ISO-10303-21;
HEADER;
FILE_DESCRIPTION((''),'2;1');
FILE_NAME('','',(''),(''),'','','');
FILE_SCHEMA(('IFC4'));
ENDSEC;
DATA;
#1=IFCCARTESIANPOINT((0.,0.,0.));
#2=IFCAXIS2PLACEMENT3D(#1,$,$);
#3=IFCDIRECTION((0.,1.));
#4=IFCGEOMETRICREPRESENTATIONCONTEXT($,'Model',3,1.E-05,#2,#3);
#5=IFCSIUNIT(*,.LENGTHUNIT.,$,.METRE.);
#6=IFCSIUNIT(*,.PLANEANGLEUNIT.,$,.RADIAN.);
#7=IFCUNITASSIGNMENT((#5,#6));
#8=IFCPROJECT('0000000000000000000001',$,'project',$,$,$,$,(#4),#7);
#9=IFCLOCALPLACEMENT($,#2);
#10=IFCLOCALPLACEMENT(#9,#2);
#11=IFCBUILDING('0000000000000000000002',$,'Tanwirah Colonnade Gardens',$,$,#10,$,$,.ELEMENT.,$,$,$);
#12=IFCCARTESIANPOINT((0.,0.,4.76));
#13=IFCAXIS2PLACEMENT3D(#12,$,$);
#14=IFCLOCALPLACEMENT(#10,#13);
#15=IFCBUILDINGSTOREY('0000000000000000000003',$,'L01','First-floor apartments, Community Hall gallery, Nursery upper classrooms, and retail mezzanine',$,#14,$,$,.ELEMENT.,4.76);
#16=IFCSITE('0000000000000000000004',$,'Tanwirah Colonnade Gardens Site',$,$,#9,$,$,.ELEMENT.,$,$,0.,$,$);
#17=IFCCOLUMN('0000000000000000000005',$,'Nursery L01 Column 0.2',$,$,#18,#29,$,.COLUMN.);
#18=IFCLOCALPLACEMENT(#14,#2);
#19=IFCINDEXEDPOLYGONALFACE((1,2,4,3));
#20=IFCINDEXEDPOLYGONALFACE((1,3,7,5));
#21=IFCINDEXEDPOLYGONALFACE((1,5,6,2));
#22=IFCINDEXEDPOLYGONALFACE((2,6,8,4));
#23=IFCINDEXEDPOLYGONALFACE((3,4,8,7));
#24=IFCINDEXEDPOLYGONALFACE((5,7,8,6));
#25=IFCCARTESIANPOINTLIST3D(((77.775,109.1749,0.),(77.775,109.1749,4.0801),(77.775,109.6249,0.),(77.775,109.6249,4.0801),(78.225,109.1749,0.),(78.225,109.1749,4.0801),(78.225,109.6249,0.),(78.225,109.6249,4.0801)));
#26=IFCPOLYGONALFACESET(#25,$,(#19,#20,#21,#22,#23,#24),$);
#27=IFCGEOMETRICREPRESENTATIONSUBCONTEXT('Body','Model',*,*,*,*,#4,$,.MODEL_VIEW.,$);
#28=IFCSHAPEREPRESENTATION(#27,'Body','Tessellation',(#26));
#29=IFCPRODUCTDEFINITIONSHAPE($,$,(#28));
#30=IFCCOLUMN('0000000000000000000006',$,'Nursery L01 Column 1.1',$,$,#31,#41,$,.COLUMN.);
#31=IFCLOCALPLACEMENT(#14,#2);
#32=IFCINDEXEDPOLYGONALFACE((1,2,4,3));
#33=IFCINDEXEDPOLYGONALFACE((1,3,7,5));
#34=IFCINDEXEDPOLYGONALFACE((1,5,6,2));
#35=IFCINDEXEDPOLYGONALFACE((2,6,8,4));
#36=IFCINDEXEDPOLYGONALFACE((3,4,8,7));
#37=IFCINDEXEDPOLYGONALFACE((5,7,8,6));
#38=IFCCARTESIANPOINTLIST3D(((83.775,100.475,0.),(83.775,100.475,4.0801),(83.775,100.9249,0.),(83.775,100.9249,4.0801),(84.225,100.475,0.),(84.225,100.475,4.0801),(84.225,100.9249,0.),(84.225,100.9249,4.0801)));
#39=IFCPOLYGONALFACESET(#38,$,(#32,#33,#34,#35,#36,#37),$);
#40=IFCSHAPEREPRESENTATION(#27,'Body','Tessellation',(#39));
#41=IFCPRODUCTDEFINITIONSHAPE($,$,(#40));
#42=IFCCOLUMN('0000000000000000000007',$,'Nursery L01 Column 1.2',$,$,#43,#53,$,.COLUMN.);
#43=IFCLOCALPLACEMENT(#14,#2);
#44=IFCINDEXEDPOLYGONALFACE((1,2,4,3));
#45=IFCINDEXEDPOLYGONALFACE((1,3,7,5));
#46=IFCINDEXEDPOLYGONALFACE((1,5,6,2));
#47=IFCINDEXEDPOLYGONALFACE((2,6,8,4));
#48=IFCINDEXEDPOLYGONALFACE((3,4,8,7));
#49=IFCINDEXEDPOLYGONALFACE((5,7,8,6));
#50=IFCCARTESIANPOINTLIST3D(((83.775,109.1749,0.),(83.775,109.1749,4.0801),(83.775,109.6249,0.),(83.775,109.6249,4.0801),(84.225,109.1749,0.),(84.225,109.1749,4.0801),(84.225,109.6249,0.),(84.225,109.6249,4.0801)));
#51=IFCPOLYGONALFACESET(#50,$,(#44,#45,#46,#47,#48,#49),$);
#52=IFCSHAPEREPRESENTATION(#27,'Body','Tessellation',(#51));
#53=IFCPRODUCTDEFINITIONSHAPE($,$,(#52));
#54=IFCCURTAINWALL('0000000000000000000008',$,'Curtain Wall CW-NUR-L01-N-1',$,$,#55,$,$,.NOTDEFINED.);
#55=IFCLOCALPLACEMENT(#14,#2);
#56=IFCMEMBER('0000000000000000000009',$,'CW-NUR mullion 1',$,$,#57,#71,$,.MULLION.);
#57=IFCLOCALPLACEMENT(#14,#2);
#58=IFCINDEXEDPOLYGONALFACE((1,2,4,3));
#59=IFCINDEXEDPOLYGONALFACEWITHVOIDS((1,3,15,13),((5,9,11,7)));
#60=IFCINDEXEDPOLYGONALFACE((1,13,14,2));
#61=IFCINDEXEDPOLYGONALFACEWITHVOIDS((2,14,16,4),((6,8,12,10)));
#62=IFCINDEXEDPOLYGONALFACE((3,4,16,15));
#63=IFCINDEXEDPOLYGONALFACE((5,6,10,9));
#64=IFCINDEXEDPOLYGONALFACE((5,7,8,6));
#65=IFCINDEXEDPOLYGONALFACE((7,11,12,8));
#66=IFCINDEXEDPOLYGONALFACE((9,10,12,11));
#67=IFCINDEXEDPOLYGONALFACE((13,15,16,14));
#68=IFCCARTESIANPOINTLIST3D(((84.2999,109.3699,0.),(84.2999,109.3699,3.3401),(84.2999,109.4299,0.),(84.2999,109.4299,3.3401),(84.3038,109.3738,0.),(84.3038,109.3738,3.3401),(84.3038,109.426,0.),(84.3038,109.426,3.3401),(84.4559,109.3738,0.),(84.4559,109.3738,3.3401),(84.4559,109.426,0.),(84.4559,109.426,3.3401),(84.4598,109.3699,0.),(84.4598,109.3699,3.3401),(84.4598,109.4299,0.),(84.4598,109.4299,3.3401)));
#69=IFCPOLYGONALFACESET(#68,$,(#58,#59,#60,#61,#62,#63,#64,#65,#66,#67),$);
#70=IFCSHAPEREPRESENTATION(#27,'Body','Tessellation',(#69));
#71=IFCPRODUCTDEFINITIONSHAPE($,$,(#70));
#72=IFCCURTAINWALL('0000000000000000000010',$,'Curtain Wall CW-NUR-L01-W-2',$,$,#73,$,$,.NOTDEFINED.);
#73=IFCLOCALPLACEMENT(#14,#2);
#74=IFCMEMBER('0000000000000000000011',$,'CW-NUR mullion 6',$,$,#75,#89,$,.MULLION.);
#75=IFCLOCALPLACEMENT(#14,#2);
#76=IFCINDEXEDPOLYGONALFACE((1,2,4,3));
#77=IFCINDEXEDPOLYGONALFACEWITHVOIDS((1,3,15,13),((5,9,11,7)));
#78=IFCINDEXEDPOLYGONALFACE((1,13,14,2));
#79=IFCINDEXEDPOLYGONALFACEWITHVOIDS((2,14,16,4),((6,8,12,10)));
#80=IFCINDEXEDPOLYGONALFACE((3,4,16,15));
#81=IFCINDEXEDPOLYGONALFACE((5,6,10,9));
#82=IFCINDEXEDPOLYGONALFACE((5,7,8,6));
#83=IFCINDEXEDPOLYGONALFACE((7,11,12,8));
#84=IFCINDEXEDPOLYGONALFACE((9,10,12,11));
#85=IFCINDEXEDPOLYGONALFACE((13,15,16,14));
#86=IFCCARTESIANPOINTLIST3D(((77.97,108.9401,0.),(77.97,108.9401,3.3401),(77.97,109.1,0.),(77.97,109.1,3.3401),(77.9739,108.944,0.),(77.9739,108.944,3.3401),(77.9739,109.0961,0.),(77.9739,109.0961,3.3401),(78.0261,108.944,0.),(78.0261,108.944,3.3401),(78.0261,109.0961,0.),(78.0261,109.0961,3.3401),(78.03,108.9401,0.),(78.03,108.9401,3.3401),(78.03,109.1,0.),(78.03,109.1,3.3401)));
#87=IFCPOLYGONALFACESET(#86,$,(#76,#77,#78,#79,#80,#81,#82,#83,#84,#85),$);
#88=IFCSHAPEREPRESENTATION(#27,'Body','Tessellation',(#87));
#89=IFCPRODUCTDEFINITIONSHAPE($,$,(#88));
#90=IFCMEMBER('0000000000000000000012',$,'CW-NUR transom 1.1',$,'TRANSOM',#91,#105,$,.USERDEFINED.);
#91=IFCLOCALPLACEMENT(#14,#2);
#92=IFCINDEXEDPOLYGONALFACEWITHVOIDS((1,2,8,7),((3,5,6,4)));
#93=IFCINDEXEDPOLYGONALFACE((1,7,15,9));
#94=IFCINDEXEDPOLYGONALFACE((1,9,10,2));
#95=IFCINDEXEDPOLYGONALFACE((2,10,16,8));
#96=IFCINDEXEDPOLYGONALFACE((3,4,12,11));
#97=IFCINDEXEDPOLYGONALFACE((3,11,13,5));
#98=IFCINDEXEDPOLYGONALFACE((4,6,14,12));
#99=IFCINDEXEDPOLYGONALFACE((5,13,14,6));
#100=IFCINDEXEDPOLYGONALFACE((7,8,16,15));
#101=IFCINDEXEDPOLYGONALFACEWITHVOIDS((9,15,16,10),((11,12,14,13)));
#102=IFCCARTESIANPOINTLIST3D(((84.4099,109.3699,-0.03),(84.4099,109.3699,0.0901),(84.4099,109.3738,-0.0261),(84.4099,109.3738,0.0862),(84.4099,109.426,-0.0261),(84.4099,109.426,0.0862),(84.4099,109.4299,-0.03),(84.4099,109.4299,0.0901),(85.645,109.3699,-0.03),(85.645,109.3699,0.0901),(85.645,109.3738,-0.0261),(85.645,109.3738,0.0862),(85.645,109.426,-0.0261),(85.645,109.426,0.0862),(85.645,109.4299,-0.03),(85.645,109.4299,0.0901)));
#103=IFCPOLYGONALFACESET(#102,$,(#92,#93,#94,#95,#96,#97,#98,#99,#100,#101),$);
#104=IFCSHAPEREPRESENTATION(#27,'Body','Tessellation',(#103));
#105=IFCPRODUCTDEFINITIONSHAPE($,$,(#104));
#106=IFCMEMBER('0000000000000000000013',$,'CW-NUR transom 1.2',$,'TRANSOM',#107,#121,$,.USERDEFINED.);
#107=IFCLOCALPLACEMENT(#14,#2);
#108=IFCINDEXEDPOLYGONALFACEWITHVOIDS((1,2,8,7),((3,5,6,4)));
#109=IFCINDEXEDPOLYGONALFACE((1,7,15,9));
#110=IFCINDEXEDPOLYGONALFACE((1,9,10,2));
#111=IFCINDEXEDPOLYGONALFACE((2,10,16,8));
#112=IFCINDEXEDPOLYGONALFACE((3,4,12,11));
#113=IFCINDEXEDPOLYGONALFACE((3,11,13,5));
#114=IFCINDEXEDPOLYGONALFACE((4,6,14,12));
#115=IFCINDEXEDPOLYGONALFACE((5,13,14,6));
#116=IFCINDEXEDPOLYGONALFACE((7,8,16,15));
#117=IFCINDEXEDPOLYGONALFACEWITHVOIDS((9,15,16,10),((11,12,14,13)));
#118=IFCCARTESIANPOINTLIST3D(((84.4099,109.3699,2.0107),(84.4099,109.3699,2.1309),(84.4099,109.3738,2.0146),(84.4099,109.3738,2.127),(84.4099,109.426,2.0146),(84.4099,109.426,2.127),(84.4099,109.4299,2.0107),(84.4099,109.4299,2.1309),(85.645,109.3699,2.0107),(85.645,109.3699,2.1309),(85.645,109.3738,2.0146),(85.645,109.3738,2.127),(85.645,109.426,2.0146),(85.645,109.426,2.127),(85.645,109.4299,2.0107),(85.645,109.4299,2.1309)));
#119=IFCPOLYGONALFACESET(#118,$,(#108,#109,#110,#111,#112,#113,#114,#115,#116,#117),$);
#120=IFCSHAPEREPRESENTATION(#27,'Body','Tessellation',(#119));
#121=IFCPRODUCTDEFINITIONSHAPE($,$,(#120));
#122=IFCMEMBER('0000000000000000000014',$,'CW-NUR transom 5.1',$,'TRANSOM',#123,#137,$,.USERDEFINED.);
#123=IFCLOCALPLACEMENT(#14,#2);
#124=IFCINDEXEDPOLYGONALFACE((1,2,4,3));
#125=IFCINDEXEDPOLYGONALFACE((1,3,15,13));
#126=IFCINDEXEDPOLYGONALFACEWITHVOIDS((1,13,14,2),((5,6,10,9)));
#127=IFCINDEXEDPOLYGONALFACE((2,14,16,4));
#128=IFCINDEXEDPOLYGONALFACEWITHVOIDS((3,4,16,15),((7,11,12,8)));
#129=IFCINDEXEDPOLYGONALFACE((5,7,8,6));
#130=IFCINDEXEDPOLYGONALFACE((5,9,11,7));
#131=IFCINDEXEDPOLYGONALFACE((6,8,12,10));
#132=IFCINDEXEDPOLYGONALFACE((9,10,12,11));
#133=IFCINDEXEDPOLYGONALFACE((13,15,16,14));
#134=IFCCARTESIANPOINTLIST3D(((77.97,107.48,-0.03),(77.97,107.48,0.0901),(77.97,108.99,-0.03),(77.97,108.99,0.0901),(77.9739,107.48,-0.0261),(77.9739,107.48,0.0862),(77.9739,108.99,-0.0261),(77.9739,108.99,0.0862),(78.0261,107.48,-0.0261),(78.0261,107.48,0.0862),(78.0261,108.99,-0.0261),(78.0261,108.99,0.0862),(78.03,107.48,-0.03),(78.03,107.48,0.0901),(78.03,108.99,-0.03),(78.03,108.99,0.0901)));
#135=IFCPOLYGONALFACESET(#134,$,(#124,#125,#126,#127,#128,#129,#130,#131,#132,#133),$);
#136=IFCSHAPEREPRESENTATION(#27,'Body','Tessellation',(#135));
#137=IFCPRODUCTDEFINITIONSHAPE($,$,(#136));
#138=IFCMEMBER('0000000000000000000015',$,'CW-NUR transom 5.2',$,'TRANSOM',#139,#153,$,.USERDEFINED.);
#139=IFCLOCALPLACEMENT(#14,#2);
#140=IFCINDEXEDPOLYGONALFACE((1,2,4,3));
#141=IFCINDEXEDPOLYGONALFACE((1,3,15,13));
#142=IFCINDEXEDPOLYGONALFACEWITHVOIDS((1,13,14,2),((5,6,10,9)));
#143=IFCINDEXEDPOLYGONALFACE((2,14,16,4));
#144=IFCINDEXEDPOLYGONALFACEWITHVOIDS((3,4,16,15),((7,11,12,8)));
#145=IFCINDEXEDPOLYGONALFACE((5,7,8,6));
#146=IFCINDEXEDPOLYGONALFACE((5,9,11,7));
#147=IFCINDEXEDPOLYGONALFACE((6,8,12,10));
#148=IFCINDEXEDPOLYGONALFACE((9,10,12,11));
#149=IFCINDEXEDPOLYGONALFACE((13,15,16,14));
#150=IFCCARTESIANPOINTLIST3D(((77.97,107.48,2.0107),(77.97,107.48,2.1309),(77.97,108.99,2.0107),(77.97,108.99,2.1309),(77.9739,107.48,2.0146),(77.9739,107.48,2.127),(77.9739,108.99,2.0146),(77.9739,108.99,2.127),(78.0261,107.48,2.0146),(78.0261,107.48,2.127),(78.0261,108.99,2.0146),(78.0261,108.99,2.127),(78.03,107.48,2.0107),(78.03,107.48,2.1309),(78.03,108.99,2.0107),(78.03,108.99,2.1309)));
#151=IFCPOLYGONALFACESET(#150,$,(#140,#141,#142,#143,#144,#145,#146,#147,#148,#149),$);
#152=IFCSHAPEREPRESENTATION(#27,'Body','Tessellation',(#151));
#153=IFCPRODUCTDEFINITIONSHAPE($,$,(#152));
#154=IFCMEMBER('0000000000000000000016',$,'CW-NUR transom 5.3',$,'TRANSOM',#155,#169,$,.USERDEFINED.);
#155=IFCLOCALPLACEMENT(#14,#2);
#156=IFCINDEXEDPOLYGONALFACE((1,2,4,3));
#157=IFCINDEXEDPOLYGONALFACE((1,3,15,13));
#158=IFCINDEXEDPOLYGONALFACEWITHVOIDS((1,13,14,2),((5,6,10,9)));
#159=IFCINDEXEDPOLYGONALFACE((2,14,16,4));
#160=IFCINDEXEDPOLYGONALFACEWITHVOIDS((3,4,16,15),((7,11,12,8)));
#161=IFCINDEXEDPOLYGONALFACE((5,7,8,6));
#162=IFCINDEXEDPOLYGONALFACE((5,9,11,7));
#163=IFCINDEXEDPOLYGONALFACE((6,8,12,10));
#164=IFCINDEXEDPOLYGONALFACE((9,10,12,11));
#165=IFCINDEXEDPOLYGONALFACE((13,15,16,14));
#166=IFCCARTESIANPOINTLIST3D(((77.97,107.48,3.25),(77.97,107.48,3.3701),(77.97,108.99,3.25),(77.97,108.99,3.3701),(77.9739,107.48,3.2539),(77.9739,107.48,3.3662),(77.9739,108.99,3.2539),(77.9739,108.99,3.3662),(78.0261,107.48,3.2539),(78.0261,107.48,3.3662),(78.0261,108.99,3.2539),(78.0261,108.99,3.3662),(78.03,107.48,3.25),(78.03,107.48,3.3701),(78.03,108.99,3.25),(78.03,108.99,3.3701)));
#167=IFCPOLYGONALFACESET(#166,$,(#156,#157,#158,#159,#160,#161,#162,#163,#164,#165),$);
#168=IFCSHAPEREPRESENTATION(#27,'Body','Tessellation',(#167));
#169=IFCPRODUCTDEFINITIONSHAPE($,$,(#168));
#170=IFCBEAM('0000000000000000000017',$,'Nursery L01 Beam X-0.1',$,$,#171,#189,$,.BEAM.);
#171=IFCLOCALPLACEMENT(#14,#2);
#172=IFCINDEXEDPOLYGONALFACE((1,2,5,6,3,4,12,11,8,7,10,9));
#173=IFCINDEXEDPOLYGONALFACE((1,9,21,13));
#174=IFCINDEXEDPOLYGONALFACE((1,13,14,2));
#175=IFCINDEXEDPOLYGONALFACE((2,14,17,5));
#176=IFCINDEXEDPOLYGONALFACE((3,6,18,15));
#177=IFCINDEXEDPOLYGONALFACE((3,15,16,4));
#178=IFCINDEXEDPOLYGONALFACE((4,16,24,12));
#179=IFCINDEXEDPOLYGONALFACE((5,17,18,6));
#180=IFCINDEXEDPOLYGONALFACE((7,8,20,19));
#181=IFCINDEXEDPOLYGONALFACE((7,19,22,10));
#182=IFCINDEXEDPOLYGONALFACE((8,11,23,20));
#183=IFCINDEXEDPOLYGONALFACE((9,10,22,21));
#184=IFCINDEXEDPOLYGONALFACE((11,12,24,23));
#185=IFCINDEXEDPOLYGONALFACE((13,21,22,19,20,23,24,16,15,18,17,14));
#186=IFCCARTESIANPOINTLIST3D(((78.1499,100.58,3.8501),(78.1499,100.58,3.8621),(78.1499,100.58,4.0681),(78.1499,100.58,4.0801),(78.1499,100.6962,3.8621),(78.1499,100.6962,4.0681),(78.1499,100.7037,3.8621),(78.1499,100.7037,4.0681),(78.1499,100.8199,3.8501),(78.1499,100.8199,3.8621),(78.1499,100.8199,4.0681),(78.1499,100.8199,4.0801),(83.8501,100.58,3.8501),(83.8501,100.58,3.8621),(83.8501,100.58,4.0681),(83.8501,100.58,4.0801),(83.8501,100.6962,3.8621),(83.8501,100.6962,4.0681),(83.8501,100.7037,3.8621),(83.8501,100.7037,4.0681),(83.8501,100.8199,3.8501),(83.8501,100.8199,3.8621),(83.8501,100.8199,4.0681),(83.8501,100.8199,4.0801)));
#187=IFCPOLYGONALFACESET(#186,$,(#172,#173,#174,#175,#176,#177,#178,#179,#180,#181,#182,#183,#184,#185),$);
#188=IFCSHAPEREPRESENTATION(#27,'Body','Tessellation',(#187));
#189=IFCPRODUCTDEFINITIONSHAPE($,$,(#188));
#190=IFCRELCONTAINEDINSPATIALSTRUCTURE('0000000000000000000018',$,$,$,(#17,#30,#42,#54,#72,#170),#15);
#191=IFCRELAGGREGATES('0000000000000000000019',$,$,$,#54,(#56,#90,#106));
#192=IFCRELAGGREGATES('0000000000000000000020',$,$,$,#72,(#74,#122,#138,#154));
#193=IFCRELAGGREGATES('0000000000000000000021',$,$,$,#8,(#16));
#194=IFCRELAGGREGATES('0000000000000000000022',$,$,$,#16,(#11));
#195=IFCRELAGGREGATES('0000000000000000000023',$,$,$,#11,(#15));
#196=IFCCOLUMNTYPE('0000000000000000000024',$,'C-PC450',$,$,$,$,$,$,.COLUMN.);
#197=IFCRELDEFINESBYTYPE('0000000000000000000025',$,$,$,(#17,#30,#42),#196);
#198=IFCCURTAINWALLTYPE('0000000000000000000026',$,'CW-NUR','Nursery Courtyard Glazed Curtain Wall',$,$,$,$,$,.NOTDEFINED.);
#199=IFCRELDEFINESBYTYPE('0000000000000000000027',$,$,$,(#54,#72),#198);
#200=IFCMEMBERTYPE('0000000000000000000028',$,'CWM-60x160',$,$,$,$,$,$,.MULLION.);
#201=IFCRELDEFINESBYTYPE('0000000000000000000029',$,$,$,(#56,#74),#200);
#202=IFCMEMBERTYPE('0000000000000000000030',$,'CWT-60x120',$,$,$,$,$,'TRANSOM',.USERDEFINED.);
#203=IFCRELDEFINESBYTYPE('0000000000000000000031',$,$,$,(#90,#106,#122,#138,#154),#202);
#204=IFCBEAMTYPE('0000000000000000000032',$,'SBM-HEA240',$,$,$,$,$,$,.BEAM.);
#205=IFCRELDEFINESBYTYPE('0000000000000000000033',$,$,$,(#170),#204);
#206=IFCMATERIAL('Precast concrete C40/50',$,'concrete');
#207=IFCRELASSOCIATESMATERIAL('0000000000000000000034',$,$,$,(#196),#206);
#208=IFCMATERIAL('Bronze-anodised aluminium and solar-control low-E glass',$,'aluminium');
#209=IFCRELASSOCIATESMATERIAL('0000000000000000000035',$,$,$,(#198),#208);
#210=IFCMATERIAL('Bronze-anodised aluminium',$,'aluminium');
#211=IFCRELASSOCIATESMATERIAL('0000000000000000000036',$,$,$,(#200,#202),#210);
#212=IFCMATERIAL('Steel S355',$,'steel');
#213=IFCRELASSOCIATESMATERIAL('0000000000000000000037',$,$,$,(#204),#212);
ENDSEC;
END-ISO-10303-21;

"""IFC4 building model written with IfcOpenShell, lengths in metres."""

from ifc_helpers import new_model, si_unit, direction, frame, origin, origin_2d, place, context, subcontext, project, spatial, rectangle, hollow_rectangle, i_section, extrude, material, material_profile, profile_set, type_object, element, aggregate, save


model = new_model("IFC4")

# Units and contexts
model_context = context("Model", 3, precision=1e-05, world=origin(), true_north=direction((0.0, 1.0)))
body_context = subcontext(model_context, "Body", "Model", "MODEL_VIEW")
ifc_project = project(units=[si_unit("LENGTHUNIT", "METRE"), si_unit("PLANEANGLEUNIT", "RADIAN")], contexts=[model_context])

# Site, building, storey
site_placement = place(None, origin())
site = spatial("IfcSite", under=ifc_project, at=site_placement, Name="Tanwirah Colonnade Gardens Site", CompositionType="ELEMENT", RefElevation=0.0)
building_placement = place(site_placement, origin())
building = spatial("IfcBuilding", under=site, at=building_placement, Name="Tanwirah Colonnade Gardens", CompositionType="ELEMENT")
storey_placement = place(building_placement, frame((0.0, 0.0, 4.76)))
storey = spatial("IfcBuildingStorey", under=building, at=storey_placement, Name="L01", Description="First-floor apartments, Community Hall gallery, Nursery upper classrooms, and retail mezzanine", CompositionType="ELEMENT", Elevation=4.76)

# Columns
ifc_material_1 = material(Name="Precast concrete C40/50", Category="concrete")
ifc_material_profile_1 = material_profile(ifc_material_1, rectangle(XDim=0.45, YDim=0.45, at=origin_2d()), Name="PC-COL 450x450")
ifc_profile_set_1 = profile_set([ifc_material_profile_1], Name="Precast concrete C40/50")
column_type = type_object("IfcColumnType", Name="C-PC450", PredefinedType="COLUMN", material=ifc_profile_set_1)
for number, where, z_axis, x_axis, name in (
    (1, (78.0, 109.3999, 0.0), (0.0, 0.0, 1.0), (1.0, 0.0, 0.0), "Nursery L01 Column 0.2"),
    (2, (84.0, 100.7, 0.0), (0.0, 0.0, 1.0), (1.0, 0.0, 0.0), "Nursery L01 Column 1.1"),
    (3, (84.0, 109.3999, 0.0), (0.0, 0.0, 1.0), (1.0, 0.0, 0.0), "Nursery L01 Column 1.2"),
):
    element("IfcColumn", number, at=place(storey_placement, frame(where, z_axis=z_axis, x_axis=x_axis)), inside=storey, type_object=column_type, Name=name, PredefinedType="COLUMN", context=body_context, shape_type="SweptSolid", body=[
        extrude(rectangle(XDim=0.45, YDim=0.45, at=origin_2d()), origin(), (0.0, 0.0, 1.0), 4.0801),
    ])

# Curtain walls, members
ifc_material_2 = material(Name="Bronze-anodised aluminium and solar-control low-E glass", Category="aluminium")
curtain_wall_type = type_object("IfcCurtainWallType", Name="CW-NUR", Description="Nursery Courtyard Glazed Curtain Wall", PredefinedType="NOTDEFINED", material=ifc_material_2)
curtain_wall_1_placement = place(storey_placement, origin())
curtain_wall_1 = element("IfcCurtainWall", 4, at=curtain_wall_1_placement, inside=storey, type_object=curtain_wall_type, Name="Curtain Wall CW-NUR-L01-N-1", PredefinedType="NOTDEFINED")
ifc_material_3 = material(Name="Bronze-anodised aluminium", Category="aluminium")
ifc_material_profile_2 = material_profile(ifc_material_3, hollow_rectangle(XDim=0.0601, YDim=0.1599, WallThickness=0.0039, at=origin_2d()), Name="CW-MUL 60x160x4")
ifc_profile_set_2 = profile_set([ifc_material_profile_2], Name="Bronze-anodised aluminium")
member_type_1 = type_object("IfcMemberType", Name="CWM-60x160", PredefinedType="MULLION", material=ifc_profile_set_2)
member_1_placement = place(storey_placement, frame((84.3799, 109.3999, 0.0), z_axis=(0.0, 0.0, 1.0), x_axis=(0.0, 1.0, 0.0)))
member_1 = element("IfcMember", 5, at=member_1_placement, type_object=member_type_1, Name="CW-NUR mullion 1", PredefinedType="MULLION", context=body_context, shape_type="SweptSolid", body=[
    extrude(hollow_rectangle(XDim=0.0601, YDim=0.1599, WallThickness=0.0039, at=origin_2d()), origin(), (0.0, 0.0, 1.0), 3.3401),
])
curtain_wall_2_placement = place(storey_placement, origin())
curtain_wall_2 = element("IfcCurtainWall", 6, at=curtain_wall_2_placement, inside=storey, type_object=curtain_wall_type, Name="Curtain Wall CW-NUR-L01-W-2", PredefinedType="NOTDEFINED")
member_2_placement = place(storey_placement, frame((78.0, 109.02, 0.0), z_axis=(0.0, 0.0, 1.0), x_axis=(-1.0, 0.0, 0.0)))
member_2 = element("IfcMember", 7, at=member_2_placement, type_object=member_type_1, Name="CW-NUR mullion 6", PredefinedType="MULLION", context=body_context, shape_type="SweptSolid", body=[
    extrude(hollow_rectangle(XDim=0.0601, YDim=0.1599, WallThickness=0.0039, at=origin_2d()), origin(), (0.0, 0.0, 1.0), 3.3401),
])

# Members
ifc_material_profile_3 = material_profile(ifc_material_3, hollow_rectangle(XDim=0.0601, YDim=0.1201, WallThickness=0.0039, at=origin_2d()), Name="CW-TRN 60x120x4")
ifc_profile_set_3 = profile_set([ifc_material_profile_3], Name="Bronze-anodised aluminium")
member_type_2 = type_object("IfcMemberType", Name="CWT-60x120", ElementType="TRANSOM", PredefinedType="USERDEFINED", material=ifc_profile_set_3)
member_3_placement = place(storey_placement, frame((84.4099, 109.3999, 0.03), z_axis=(1.0, 0.0, 0.0), x_axis=(0.0, 1.0, 0.0)))
member_3 = element("IfcMember", 8, at=member_3_placement, type_object=member_type_2, Name="CW-NUR transom 1.1", ObjectType="TRANSOM", PredefinedType="USERDEFINED", context=body_context, shape_type="SweptSolid", body=[
    extrude(hollow_rectangle(XDim=0.0601, YDim=0.1201, WallThickness=0.0039, at=origin_2d()), origin(), (0.0, 0.0, 1.0), 1.2351),
])
member_4_placement = place(storey_placement, frame((84.4099, 109.3999, 2.0708), z_axis=(1.0, 0.0, 0.0), x_axis=(0.0, 1.0, 0.0)))
member_4 = element("IfcMember", 9, at=member_4_placement, type_object=member_type_2, Name="CW-NUR transom 1.2", ObjectType="TRANSOM", PredefinedType="USERDEFINED", context=body_context, shape_type="SweptSolid", body=[
    extrude(hollow_rectangle(XDim=0.0601, YDim=0.1201, WallThickness=0.0039, at=origin_2d()), origin(), (0.0, 0.0, 1.0), 1.2351),
])
aggregate(curtain_wall_1, [member_1, member_3, member_4])
member_5_placement = place(storey_placement, frame((78.0, 107.48, 0.03), z_axis=(0.0, 1.0, 0.0), x_axis=(-1.0, 0.0, 0.0)))
member_5 = element("IfcMember", 10, at=member_5_placement, type_object=member_type_2, Name="CW-NUR transom 5.1", ObjectType="TRANSOM", PredefinedType="USERDEFINED", context=body_context, shape_type="SweptSolid", body=[
    extrude(hollow_rectangle(XDim=0.0601, YDim=0.1201, WallThickness=0.0039, at=origin_2d()), origin(), (0.0, 0.0, 1.0), 1.51),
])
member_6_placement = place(storey_placement, frame((78.0, 107.48, 2.0708), z_axis=(0.0, 1.0, 0.0), x_axis=(-1.0, 0.0, 0.0)))
member_6 = element("IfcMember", 11, at=member_6_placement, type_object=member_type_2, Name="CW-NUR transom 5.2", ObjectType="TRANSOM", PredefinedType="USERDEFINED", context=body_context, shape_type="SweptSolid", body=[
    extrude(hollow_rectangle(XDim=0.0601, YDim=0.1201, WallThickness=0.0039, at=origin_2d()), origin(), (0.0, 0.0, 1.0), 1.51),
])
member_7_placement = place(storey_placement, frame((78.0, 107.48, 3.3101), z_axis=(0.0, 1.0, 0.0), x_axis=(-1.0, 0.0, 0.0)))
member_7 = element("IfcMember", 12, at=member_7_placement, type_object=member_type_2, Name="CW-NUR transom 5.3", ObjectType="TRANSOM", PredefinedType="USERDEFINED", context=body_context, shape_type="SweptSolid", body=[
    extrude(hollow_rectangle(XDim=0.0601, YDim=0.1201, WallThickness=0.0039, at=origin_2d()), origin(), (0.0, 0.0, 1.0), 1.51),
])

# Beam
ifc_material_4 = material(Name="Steel S355", Category="steel")
ifc_material_profile_4 = material_profile(ifc_material_4, i_section(OverallWidth=0.24, OverallDepth=0.23, WebThickness=0.0076, FlangeThickness=0.012, at=origin_2d()), Name="HEA 240")
ifc_profile_set_4 = profile_set([ifc_material_profile_4], Name="Steel S355")
beam_type = type_object("IfcBeamType", Name="SBM-HEA240", PredefinedType="BEAM", material=ifc_profile_set_4)
for number, where, z_axis, x_axis, name in (
    (13, (78.1499, 100.7, 3.9651), (1.0, 0.0, 0.0), (0.0, 1.0, 0.0), "Nursery L01 Beam X-0.1"),
):
    element("IfcBeam", number, at=place(storey_placement, frame(where, z_axis=z_axis, x_axis=x_axis)), inside=storey, type_object=beam_type, Name=name, PredefinedType="BEAM", context=body_context, shape_type="SweptSolid", body=[
        extrude(i_section(OverallWidth=0.24, OverallDepth=0.23, WebThickness=0.0076, FlangeThickness=0.012, at=origin_2d()), origin(), (0.0, 0.0, 1.0), 5.7002),
    ])

aggregate(curtain_wall_2, [member_2, member_5, member_6, member_7])

save(model, "model.ifc")
